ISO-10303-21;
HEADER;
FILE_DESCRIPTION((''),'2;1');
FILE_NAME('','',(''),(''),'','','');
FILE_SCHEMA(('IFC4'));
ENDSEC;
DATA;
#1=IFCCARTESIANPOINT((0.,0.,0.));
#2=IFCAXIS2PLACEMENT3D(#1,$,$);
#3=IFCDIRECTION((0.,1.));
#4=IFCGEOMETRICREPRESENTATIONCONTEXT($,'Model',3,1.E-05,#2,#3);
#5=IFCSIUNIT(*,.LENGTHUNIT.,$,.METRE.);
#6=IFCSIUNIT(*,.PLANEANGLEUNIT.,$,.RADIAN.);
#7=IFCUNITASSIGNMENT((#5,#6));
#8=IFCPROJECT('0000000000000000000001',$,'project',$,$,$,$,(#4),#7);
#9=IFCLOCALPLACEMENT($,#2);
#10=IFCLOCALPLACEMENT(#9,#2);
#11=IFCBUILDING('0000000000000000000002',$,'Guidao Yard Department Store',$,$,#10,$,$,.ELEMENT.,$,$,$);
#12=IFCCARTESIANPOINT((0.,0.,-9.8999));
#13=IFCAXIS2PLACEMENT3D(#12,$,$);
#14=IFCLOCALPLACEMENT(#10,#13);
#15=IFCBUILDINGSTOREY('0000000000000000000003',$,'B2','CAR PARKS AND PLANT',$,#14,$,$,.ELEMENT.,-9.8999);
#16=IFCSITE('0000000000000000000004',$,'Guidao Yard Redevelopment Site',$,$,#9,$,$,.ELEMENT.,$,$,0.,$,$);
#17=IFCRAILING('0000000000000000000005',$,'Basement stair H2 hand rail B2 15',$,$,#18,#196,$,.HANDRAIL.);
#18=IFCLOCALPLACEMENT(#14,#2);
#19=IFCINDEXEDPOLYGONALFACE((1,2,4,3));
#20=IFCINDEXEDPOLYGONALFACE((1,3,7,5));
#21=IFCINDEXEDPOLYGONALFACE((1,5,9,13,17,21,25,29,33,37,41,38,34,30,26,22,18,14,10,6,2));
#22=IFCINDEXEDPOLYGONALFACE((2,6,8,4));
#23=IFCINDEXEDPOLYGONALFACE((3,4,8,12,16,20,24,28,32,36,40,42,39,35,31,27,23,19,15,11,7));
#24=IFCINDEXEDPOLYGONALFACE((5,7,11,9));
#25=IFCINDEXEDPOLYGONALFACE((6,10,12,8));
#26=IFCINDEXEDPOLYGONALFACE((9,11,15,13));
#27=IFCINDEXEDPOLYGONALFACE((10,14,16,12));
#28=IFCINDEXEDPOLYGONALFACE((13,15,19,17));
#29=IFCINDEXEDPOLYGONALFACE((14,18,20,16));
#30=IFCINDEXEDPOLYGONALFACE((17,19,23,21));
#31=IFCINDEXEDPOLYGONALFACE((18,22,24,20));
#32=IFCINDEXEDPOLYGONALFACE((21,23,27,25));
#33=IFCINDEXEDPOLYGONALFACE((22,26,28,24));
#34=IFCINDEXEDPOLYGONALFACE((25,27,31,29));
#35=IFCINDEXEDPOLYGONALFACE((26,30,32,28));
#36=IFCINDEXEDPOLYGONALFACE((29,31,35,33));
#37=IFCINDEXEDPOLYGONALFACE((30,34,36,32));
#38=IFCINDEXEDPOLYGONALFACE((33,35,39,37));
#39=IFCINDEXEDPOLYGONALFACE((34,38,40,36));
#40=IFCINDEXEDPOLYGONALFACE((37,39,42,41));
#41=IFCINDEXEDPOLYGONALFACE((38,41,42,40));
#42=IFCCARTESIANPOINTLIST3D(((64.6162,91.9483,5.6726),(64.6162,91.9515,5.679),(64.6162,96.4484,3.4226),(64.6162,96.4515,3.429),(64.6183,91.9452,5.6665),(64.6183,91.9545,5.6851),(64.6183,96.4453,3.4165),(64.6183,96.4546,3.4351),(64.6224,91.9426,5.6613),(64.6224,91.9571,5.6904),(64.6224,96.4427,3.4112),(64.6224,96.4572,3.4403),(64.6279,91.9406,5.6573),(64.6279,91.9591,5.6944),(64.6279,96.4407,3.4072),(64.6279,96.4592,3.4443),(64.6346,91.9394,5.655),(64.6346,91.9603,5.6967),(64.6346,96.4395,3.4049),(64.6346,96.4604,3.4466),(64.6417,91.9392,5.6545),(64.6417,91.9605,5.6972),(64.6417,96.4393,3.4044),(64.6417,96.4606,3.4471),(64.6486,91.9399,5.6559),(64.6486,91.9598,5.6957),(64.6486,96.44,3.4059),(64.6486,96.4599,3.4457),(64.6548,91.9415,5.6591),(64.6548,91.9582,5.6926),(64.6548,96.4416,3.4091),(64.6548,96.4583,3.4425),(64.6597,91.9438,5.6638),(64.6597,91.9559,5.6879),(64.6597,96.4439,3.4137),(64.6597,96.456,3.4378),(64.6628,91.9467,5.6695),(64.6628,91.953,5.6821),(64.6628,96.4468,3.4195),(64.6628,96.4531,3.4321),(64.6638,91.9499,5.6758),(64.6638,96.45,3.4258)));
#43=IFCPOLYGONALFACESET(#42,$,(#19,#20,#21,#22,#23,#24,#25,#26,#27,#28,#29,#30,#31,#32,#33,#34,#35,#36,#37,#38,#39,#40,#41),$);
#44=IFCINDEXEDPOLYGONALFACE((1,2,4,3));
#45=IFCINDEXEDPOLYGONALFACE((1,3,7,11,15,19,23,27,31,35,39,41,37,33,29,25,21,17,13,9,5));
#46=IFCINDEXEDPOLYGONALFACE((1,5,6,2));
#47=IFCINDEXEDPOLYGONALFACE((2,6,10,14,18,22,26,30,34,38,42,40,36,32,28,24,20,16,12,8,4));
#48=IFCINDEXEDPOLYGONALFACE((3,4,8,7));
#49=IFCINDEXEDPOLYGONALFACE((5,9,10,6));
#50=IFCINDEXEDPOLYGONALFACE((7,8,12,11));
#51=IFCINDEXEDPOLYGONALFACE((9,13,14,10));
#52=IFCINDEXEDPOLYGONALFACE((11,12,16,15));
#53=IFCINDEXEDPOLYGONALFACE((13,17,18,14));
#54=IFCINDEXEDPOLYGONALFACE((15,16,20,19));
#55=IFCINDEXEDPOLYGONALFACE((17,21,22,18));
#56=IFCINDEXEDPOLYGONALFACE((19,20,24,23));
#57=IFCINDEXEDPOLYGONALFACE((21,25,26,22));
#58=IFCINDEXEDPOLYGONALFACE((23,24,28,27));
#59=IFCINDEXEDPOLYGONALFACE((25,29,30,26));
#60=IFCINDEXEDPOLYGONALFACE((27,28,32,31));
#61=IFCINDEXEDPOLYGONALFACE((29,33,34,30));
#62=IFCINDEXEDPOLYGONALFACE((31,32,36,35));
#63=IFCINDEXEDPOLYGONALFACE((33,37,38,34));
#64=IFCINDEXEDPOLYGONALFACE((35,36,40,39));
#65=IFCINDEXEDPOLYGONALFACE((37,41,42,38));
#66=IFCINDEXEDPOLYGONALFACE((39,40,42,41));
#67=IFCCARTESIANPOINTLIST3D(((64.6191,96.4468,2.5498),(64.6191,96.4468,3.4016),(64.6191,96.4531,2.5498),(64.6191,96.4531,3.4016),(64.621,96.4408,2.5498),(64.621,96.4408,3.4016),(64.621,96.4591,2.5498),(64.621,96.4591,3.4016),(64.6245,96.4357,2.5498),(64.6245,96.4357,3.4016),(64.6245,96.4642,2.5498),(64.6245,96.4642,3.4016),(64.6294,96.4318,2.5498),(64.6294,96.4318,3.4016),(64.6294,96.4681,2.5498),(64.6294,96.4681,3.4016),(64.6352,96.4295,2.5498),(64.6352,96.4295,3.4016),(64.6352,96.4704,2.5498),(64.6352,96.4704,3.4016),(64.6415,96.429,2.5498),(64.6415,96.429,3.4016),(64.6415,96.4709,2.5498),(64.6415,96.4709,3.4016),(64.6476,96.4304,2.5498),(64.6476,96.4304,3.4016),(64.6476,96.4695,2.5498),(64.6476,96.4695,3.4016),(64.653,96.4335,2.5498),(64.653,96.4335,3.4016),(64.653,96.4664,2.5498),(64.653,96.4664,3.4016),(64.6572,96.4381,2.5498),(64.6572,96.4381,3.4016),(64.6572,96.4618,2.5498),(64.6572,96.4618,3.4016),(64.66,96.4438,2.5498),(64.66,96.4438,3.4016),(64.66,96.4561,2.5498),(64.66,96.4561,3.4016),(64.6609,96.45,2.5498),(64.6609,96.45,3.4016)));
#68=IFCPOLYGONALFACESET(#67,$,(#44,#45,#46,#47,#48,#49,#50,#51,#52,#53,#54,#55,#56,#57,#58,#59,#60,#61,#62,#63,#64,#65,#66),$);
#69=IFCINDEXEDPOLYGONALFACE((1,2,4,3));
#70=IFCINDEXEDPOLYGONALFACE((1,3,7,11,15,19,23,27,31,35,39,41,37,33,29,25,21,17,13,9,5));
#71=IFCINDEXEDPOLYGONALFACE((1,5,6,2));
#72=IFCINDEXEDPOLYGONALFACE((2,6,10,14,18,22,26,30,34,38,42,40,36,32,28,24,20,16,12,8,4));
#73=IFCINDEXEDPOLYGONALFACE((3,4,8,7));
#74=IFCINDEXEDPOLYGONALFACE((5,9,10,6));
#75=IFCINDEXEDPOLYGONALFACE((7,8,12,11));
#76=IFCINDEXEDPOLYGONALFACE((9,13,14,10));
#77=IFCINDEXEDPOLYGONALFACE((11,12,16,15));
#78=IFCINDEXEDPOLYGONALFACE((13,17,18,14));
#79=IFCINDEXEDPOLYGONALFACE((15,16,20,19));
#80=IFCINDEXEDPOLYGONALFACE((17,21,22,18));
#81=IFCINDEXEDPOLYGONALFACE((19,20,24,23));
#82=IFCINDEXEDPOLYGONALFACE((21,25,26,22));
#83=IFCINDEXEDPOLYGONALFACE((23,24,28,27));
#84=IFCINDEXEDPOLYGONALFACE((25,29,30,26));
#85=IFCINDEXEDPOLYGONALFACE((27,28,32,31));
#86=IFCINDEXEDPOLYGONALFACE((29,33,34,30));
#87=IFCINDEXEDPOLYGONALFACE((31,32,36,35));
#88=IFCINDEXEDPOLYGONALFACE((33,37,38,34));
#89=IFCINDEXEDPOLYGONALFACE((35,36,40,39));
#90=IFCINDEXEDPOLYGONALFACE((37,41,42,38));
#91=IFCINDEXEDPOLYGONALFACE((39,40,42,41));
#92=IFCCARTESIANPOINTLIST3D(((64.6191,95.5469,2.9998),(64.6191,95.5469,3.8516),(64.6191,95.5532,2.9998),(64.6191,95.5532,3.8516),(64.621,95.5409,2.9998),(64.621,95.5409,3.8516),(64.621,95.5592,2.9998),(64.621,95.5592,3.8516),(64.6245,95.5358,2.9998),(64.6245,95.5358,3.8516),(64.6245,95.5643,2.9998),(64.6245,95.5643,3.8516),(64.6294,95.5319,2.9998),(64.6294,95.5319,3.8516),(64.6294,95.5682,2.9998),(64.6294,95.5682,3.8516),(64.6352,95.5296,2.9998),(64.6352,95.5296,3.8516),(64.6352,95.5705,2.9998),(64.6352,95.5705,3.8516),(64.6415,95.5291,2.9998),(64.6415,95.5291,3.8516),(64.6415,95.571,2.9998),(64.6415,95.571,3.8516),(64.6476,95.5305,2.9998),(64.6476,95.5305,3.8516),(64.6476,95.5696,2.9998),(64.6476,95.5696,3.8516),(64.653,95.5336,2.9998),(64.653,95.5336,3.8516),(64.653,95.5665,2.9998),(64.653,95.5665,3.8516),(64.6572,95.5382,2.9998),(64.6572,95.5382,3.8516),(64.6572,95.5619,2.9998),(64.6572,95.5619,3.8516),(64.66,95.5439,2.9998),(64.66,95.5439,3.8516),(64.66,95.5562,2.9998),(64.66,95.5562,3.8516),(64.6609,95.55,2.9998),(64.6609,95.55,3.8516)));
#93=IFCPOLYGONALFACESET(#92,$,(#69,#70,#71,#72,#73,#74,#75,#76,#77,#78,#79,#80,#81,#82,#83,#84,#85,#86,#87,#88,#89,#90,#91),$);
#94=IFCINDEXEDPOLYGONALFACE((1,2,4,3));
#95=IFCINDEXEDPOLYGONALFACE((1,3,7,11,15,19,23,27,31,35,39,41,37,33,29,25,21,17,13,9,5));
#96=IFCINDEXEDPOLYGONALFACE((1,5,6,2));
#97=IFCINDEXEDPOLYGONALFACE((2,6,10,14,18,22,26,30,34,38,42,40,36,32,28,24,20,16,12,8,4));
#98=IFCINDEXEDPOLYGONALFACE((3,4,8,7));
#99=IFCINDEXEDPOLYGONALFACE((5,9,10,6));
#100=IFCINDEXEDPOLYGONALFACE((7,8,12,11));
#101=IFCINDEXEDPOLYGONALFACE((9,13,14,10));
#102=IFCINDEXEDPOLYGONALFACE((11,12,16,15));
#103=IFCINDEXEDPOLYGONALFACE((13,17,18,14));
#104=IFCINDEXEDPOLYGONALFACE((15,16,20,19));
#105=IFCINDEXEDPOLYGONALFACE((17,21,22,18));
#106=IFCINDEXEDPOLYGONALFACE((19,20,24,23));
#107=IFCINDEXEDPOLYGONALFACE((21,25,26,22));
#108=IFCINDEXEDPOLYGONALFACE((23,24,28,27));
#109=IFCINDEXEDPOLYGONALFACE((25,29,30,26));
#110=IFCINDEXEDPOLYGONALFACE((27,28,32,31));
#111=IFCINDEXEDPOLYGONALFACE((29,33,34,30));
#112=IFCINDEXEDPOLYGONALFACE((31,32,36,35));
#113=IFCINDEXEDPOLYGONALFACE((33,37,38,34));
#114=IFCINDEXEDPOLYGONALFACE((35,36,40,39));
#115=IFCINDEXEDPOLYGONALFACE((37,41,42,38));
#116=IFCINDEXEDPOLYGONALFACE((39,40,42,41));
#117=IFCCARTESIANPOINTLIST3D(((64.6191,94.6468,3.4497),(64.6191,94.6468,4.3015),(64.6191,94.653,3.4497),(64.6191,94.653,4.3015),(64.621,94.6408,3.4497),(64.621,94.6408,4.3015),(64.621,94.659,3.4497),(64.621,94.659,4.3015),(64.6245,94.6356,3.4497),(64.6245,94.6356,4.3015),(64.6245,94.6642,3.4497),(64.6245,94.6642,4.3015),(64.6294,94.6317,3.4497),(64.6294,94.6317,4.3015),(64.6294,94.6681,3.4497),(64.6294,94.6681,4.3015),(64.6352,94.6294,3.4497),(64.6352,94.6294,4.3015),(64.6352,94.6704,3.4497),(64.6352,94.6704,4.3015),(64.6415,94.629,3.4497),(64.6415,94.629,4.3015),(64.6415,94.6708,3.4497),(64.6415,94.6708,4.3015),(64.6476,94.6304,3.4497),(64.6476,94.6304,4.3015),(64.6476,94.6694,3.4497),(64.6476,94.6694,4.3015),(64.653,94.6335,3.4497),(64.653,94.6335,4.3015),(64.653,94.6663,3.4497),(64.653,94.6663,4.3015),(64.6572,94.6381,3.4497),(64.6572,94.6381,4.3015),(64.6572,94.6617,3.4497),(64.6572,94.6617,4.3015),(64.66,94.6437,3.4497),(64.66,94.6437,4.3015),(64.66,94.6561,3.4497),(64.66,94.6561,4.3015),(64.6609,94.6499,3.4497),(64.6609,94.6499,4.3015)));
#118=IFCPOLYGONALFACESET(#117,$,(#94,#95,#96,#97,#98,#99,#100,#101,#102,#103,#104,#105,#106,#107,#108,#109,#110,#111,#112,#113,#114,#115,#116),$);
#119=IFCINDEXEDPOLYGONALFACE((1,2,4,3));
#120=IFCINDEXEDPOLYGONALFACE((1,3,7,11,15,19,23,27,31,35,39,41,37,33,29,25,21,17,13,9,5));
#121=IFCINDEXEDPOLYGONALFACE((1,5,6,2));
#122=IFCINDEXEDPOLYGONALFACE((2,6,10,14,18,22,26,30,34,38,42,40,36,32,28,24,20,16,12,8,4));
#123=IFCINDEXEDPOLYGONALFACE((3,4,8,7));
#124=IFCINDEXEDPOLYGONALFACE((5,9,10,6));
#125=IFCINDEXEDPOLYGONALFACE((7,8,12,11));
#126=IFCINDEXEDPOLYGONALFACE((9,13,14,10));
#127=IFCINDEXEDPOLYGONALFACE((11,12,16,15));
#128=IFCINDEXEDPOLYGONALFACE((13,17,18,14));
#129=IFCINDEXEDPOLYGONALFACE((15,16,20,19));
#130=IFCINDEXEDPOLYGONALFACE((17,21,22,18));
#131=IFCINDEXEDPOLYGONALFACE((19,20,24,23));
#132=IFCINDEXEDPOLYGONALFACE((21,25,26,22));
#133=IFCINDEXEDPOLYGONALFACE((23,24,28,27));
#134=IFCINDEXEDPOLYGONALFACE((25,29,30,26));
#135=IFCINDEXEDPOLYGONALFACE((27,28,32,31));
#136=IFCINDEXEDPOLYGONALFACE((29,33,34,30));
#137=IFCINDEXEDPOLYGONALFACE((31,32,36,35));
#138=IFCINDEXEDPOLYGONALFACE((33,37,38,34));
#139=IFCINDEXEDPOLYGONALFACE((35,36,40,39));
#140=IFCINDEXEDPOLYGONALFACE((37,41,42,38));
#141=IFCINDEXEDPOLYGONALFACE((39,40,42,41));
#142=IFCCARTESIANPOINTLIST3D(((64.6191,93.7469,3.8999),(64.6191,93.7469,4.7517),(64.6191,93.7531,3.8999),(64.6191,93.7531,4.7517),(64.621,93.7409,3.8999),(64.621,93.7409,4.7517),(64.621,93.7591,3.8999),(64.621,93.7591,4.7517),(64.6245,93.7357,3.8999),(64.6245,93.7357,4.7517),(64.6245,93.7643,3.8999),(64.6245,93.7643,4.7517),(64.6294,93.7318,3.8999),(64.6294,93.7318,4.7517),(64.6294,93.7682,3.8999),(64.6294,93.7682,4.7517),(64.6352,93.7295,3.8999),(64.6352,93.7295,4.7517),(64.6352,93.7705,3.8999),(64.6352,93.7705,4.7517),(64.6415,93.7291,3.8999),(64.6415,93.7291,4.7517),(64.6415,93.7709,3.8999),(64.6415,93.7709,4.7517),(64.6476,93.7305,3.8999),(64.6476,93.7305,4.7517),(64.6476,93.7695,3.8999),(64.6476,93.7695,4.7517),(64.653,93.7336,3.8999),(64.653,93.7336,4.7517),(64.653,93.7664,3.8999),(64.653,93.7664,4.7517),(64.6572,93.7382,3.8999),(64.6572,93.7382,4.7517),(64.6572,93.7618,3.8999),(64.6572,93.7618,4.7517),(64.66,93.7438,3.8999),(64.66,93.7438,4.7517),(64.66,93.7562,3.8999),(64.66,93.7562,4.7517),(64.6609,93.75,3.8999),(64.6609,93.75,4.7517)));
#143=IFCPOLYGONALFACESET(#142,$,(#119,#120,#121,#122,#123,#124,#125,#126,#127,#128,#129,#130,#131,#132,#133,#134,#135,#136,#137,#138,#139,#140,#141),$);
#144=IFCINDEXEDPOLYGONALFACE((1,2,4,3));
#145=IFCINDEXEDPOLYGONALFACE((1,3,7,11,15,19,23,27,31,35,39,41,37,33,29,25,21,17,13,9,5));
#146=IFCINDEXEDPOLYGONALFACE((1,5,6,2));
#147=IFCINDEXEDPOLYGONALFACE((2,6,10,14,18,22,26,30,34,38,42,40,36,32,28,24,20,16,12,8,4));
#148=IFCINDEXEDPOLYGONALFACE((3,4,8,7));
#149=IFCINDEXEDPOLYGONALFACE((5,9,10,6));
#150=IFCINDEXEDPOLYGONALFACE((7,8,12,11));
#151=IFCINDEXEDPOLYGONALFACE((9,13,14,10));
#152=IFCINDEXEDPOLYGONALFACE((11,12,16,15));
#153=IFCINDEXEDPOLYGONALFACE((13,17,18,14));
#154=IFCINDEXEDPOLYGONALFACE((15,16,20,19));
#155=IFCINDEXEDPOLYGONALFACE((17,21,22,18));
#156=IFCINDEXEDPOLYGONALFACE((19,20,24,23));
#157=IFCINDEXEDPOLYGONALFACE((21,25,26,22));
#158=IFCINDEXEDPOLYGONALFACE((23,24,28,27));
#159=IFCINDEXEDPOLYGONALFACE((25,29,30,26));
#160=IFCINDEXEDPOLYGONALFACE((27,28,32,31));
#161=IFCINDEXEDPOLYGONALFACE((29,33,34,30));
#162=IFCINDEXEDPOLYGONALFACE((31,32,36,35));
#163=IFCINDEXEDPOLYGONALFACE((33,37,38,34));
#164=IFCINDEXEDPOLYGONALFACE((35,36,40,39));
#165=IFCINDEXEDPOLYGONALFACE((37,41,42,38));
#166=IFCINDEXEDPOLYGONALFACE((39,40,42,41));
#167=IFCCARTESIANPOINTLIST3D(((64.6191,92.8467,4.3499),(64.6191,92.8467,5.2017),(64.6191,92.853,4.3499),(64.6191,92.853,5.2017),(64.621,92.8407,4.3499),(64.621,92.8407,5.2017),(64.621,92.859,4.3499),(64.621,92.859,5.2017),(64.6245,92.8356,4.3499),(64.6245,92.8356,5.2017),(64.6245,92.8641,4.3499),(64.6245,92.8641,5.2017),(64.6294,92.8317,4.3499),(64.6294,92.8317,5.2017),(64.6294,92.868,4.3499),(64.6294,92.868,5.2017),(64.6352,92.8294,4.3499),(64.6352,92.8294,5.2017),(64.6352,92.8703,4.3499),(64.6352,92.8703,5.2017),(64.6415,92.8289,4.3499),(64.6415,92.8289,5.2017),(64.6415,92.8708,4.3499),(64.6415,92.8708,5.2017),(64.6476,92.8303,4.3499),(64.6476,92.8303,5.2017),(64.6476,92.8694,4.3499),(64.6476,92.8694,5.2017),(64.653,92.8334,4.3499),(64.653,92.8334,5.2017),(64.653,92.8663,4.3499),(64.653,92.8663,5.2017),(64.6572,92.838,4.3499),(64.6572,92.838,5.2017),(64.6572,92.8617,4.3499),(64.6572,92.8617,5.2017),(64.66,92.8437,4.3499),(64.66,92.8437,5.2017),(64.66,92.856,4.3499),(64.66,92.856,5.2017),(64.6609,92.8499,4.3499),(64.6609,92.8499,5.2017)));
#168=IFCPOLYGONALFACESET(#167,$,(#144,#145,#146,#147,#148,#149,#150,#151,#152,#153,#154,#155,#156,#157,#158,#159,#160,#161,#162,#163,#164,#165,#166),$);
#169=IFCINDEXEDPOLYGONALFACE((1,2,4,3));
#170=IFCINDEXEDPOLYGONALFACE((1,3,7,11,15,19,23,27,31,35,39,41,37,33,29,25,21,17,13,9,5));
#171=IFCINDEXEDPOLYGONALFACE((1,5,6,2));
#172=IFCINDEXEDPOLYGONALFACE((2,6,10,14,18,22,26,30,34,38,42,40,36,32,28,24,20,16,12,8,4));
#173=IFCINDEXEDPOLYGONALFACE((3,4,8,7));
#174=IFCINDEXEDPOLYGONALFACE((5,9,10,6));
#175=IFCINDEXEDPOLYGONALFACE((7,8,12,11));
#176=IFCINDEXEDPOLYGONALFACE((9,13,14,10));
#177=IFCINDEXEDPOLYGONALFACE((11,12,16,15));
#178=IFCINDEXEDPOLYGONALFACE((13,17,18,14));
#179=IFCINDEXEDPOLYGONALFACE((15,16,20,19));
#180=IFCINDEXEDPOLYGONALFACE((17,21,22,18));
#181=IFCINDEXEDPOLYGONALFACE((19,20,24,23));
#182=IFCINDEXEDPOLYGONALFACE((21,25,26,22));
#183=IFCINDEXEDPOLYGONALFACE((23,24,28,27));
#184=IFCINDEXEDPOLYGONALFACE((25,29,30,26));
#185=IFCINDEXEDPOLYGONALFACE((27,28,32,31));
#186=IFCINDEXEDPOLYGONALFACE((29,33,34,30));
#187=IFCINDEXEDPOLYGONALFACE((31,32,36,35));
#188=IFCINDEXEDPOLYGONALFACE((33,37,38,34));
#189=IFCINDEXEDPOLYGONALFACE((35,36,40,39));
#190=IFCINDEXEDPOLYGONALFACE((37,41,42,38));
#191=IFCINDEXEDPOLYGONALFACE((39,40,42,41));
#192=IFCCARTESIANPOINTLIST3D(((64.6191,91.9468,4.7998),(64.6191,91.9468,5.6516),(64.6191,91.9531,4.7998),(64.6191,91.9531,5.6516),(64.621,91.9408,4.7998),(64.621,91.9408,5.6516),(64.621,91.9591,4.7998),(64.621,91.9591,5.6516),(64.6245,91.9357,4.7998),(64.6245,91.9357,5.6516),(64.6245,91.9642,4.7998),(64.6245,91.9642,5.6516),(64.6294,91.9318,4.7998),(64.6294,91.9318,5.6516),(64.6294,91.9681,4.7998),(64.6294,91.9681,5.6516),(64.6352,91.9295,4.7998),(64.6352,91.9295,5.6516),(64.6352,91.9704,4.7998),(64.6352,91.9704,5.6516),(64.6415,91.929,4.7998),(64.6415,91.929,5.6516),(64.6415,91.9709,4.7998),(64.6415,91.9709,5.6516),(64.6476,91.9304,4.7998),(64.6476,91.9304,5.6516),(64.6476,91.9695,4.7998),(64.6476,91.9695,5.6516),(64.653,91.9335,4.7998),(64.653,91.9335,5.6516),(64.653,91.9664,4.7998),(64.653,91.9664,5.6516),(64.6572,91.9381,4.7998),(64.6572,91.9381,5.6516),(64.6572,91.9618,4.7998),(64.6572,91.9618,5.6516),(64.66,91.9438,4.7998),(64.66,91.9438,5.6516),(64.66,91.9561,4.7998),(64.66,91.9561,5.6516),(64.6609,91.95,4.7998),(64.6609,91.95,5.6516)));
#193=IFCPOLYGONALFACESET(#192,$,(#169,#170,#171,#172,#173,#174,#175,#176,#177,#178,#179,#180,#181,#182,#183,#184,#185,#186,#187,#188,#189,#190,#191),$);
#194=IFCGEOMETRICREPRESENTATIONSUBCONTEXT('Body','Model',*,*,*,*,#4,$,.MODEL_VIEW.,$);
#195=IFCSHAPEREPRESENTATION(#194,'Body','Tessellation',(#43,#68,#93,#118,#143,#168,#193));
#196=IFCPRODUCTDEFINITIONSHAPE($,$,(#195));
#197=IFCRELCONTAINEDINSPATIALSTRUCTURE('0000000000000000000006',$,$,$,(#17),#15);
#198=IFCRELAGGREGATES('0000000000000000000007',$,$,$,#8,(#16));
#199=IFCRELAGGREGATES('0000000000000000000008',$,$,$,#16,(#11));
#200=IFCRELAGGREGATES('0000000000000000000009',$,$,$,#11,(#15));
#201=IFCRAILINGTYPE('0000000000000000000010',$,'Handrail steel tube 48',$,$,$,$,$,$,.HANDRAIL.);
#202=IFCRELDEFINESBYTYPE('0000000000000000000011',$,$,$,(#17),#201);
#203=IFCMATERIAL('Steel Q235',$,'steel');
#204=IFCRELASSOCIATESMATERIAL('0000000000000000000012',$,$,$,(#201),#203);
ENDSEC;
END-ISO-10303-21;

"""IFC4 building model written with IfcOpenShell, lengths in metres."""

from ifc_helpers import new_model, si_unit, direction, frame, origin, origin_2d, place, context, subcontext, project, spatial, circle, extrude, material, type_object, element, save


model = new_model("IFC4")

# Units and contexts
model_context = context("Model", 3, precision=1e-05, world=origin(), true_north=direction((0.0, 1.0)))
body_context = subcontext(model_context, "Body", "Model", "MODEL_VIEW")
ifc_project = project(units=[si_unit("LENGTHUNIT", "METRE"), si_unit("PLANEANGLEUNIT", "RADIAN")], contexts=[model_context])

# Site, building, storey
site_placement = place(None, origin())
site = spatial("IfcSite", under=ifc_project, at=site_placement, Name="Guidao Yard Redevelopment Site", CompositionType="ELEMENT", RefElevation=0.0)
building_placement = place(site_placement, origin())
building = spatial("IfcBuilding", under=site, at=building_placement, Name="Guidao Yard Department Store", CompositionType="ELEMENT")
storey_placement = place(building_placement, frame((0.0, 0.0, -9.8999)))
storey = spatial("IfcBuildingStorey", under=building, at=storey_placement, Name="B2", Description="CAR PARKS AND PLANT", CompositionType="ELEMENT", Elevation=-9.8999)

# Railing
ifc_material_1 = material(Name="Steel Q235", Category="steel")
railing_type = type_object("IfcRailingType", Name="Handrail steel tube 48", PredefinedType="HANDRAIL", material=ifc_material_1)
for number, where, name in (
    (1, (64.6399, 96.45, 2.5498), "Basement stair H2 hand rail B2 15"),
):
    element("IfcRailing", number, at=place(storey_placement, frame(where)), inside=storey, type_object=railing_type, Name=name, PredefinedType="HANDRAIL", context=body_context, shape_type="SweptSolid", body=[
        extrude(circle(Radius=0.0239, at=origin_2d()), frame((0.0, 0.0, 0.876), z_axis=(0.0, -0.894427, 0.447214), x_axis=(1.0, 0.0, 0.0)), (0.0, 0.0, 1.0), 5.0312),
        extrude(circle(Radius=0.021, at=origin_2d()), origin(), (0.0, 0.0, 1.0), 0.8518),
        extrude(circle(Radius=0.021, at=origin_2d()), frame((0.0, -0.8999, 0.45)), (0.0, 0.0, 1.0), 0.8518),
        extrude(circle(Radius=0.021, at=origin_2d()), frame((0.0, -1.8, 0.8999)), (0.0, 0.0, 1.0), 0.8518),
        extrude(circle(Radius=0.021, at=origin_2d()), frame((0.0, -2.7, 1.3501)), (0.0, 0.0, 1.0), 0.8518),
        extrude(circle(Radius=0.021, at=origin_2d()), frame((0.0, -3.6001, 1.8)), (0.0, 0.0, 1.0), 0.8518),
        extrude(circle(Radius=0.021, at=origin_2d()), frame((0.0, -4.5, 2.25)), (0.0, 0.0, 1.0), 0.8518),
    ])

save(model, "model.ifc")
